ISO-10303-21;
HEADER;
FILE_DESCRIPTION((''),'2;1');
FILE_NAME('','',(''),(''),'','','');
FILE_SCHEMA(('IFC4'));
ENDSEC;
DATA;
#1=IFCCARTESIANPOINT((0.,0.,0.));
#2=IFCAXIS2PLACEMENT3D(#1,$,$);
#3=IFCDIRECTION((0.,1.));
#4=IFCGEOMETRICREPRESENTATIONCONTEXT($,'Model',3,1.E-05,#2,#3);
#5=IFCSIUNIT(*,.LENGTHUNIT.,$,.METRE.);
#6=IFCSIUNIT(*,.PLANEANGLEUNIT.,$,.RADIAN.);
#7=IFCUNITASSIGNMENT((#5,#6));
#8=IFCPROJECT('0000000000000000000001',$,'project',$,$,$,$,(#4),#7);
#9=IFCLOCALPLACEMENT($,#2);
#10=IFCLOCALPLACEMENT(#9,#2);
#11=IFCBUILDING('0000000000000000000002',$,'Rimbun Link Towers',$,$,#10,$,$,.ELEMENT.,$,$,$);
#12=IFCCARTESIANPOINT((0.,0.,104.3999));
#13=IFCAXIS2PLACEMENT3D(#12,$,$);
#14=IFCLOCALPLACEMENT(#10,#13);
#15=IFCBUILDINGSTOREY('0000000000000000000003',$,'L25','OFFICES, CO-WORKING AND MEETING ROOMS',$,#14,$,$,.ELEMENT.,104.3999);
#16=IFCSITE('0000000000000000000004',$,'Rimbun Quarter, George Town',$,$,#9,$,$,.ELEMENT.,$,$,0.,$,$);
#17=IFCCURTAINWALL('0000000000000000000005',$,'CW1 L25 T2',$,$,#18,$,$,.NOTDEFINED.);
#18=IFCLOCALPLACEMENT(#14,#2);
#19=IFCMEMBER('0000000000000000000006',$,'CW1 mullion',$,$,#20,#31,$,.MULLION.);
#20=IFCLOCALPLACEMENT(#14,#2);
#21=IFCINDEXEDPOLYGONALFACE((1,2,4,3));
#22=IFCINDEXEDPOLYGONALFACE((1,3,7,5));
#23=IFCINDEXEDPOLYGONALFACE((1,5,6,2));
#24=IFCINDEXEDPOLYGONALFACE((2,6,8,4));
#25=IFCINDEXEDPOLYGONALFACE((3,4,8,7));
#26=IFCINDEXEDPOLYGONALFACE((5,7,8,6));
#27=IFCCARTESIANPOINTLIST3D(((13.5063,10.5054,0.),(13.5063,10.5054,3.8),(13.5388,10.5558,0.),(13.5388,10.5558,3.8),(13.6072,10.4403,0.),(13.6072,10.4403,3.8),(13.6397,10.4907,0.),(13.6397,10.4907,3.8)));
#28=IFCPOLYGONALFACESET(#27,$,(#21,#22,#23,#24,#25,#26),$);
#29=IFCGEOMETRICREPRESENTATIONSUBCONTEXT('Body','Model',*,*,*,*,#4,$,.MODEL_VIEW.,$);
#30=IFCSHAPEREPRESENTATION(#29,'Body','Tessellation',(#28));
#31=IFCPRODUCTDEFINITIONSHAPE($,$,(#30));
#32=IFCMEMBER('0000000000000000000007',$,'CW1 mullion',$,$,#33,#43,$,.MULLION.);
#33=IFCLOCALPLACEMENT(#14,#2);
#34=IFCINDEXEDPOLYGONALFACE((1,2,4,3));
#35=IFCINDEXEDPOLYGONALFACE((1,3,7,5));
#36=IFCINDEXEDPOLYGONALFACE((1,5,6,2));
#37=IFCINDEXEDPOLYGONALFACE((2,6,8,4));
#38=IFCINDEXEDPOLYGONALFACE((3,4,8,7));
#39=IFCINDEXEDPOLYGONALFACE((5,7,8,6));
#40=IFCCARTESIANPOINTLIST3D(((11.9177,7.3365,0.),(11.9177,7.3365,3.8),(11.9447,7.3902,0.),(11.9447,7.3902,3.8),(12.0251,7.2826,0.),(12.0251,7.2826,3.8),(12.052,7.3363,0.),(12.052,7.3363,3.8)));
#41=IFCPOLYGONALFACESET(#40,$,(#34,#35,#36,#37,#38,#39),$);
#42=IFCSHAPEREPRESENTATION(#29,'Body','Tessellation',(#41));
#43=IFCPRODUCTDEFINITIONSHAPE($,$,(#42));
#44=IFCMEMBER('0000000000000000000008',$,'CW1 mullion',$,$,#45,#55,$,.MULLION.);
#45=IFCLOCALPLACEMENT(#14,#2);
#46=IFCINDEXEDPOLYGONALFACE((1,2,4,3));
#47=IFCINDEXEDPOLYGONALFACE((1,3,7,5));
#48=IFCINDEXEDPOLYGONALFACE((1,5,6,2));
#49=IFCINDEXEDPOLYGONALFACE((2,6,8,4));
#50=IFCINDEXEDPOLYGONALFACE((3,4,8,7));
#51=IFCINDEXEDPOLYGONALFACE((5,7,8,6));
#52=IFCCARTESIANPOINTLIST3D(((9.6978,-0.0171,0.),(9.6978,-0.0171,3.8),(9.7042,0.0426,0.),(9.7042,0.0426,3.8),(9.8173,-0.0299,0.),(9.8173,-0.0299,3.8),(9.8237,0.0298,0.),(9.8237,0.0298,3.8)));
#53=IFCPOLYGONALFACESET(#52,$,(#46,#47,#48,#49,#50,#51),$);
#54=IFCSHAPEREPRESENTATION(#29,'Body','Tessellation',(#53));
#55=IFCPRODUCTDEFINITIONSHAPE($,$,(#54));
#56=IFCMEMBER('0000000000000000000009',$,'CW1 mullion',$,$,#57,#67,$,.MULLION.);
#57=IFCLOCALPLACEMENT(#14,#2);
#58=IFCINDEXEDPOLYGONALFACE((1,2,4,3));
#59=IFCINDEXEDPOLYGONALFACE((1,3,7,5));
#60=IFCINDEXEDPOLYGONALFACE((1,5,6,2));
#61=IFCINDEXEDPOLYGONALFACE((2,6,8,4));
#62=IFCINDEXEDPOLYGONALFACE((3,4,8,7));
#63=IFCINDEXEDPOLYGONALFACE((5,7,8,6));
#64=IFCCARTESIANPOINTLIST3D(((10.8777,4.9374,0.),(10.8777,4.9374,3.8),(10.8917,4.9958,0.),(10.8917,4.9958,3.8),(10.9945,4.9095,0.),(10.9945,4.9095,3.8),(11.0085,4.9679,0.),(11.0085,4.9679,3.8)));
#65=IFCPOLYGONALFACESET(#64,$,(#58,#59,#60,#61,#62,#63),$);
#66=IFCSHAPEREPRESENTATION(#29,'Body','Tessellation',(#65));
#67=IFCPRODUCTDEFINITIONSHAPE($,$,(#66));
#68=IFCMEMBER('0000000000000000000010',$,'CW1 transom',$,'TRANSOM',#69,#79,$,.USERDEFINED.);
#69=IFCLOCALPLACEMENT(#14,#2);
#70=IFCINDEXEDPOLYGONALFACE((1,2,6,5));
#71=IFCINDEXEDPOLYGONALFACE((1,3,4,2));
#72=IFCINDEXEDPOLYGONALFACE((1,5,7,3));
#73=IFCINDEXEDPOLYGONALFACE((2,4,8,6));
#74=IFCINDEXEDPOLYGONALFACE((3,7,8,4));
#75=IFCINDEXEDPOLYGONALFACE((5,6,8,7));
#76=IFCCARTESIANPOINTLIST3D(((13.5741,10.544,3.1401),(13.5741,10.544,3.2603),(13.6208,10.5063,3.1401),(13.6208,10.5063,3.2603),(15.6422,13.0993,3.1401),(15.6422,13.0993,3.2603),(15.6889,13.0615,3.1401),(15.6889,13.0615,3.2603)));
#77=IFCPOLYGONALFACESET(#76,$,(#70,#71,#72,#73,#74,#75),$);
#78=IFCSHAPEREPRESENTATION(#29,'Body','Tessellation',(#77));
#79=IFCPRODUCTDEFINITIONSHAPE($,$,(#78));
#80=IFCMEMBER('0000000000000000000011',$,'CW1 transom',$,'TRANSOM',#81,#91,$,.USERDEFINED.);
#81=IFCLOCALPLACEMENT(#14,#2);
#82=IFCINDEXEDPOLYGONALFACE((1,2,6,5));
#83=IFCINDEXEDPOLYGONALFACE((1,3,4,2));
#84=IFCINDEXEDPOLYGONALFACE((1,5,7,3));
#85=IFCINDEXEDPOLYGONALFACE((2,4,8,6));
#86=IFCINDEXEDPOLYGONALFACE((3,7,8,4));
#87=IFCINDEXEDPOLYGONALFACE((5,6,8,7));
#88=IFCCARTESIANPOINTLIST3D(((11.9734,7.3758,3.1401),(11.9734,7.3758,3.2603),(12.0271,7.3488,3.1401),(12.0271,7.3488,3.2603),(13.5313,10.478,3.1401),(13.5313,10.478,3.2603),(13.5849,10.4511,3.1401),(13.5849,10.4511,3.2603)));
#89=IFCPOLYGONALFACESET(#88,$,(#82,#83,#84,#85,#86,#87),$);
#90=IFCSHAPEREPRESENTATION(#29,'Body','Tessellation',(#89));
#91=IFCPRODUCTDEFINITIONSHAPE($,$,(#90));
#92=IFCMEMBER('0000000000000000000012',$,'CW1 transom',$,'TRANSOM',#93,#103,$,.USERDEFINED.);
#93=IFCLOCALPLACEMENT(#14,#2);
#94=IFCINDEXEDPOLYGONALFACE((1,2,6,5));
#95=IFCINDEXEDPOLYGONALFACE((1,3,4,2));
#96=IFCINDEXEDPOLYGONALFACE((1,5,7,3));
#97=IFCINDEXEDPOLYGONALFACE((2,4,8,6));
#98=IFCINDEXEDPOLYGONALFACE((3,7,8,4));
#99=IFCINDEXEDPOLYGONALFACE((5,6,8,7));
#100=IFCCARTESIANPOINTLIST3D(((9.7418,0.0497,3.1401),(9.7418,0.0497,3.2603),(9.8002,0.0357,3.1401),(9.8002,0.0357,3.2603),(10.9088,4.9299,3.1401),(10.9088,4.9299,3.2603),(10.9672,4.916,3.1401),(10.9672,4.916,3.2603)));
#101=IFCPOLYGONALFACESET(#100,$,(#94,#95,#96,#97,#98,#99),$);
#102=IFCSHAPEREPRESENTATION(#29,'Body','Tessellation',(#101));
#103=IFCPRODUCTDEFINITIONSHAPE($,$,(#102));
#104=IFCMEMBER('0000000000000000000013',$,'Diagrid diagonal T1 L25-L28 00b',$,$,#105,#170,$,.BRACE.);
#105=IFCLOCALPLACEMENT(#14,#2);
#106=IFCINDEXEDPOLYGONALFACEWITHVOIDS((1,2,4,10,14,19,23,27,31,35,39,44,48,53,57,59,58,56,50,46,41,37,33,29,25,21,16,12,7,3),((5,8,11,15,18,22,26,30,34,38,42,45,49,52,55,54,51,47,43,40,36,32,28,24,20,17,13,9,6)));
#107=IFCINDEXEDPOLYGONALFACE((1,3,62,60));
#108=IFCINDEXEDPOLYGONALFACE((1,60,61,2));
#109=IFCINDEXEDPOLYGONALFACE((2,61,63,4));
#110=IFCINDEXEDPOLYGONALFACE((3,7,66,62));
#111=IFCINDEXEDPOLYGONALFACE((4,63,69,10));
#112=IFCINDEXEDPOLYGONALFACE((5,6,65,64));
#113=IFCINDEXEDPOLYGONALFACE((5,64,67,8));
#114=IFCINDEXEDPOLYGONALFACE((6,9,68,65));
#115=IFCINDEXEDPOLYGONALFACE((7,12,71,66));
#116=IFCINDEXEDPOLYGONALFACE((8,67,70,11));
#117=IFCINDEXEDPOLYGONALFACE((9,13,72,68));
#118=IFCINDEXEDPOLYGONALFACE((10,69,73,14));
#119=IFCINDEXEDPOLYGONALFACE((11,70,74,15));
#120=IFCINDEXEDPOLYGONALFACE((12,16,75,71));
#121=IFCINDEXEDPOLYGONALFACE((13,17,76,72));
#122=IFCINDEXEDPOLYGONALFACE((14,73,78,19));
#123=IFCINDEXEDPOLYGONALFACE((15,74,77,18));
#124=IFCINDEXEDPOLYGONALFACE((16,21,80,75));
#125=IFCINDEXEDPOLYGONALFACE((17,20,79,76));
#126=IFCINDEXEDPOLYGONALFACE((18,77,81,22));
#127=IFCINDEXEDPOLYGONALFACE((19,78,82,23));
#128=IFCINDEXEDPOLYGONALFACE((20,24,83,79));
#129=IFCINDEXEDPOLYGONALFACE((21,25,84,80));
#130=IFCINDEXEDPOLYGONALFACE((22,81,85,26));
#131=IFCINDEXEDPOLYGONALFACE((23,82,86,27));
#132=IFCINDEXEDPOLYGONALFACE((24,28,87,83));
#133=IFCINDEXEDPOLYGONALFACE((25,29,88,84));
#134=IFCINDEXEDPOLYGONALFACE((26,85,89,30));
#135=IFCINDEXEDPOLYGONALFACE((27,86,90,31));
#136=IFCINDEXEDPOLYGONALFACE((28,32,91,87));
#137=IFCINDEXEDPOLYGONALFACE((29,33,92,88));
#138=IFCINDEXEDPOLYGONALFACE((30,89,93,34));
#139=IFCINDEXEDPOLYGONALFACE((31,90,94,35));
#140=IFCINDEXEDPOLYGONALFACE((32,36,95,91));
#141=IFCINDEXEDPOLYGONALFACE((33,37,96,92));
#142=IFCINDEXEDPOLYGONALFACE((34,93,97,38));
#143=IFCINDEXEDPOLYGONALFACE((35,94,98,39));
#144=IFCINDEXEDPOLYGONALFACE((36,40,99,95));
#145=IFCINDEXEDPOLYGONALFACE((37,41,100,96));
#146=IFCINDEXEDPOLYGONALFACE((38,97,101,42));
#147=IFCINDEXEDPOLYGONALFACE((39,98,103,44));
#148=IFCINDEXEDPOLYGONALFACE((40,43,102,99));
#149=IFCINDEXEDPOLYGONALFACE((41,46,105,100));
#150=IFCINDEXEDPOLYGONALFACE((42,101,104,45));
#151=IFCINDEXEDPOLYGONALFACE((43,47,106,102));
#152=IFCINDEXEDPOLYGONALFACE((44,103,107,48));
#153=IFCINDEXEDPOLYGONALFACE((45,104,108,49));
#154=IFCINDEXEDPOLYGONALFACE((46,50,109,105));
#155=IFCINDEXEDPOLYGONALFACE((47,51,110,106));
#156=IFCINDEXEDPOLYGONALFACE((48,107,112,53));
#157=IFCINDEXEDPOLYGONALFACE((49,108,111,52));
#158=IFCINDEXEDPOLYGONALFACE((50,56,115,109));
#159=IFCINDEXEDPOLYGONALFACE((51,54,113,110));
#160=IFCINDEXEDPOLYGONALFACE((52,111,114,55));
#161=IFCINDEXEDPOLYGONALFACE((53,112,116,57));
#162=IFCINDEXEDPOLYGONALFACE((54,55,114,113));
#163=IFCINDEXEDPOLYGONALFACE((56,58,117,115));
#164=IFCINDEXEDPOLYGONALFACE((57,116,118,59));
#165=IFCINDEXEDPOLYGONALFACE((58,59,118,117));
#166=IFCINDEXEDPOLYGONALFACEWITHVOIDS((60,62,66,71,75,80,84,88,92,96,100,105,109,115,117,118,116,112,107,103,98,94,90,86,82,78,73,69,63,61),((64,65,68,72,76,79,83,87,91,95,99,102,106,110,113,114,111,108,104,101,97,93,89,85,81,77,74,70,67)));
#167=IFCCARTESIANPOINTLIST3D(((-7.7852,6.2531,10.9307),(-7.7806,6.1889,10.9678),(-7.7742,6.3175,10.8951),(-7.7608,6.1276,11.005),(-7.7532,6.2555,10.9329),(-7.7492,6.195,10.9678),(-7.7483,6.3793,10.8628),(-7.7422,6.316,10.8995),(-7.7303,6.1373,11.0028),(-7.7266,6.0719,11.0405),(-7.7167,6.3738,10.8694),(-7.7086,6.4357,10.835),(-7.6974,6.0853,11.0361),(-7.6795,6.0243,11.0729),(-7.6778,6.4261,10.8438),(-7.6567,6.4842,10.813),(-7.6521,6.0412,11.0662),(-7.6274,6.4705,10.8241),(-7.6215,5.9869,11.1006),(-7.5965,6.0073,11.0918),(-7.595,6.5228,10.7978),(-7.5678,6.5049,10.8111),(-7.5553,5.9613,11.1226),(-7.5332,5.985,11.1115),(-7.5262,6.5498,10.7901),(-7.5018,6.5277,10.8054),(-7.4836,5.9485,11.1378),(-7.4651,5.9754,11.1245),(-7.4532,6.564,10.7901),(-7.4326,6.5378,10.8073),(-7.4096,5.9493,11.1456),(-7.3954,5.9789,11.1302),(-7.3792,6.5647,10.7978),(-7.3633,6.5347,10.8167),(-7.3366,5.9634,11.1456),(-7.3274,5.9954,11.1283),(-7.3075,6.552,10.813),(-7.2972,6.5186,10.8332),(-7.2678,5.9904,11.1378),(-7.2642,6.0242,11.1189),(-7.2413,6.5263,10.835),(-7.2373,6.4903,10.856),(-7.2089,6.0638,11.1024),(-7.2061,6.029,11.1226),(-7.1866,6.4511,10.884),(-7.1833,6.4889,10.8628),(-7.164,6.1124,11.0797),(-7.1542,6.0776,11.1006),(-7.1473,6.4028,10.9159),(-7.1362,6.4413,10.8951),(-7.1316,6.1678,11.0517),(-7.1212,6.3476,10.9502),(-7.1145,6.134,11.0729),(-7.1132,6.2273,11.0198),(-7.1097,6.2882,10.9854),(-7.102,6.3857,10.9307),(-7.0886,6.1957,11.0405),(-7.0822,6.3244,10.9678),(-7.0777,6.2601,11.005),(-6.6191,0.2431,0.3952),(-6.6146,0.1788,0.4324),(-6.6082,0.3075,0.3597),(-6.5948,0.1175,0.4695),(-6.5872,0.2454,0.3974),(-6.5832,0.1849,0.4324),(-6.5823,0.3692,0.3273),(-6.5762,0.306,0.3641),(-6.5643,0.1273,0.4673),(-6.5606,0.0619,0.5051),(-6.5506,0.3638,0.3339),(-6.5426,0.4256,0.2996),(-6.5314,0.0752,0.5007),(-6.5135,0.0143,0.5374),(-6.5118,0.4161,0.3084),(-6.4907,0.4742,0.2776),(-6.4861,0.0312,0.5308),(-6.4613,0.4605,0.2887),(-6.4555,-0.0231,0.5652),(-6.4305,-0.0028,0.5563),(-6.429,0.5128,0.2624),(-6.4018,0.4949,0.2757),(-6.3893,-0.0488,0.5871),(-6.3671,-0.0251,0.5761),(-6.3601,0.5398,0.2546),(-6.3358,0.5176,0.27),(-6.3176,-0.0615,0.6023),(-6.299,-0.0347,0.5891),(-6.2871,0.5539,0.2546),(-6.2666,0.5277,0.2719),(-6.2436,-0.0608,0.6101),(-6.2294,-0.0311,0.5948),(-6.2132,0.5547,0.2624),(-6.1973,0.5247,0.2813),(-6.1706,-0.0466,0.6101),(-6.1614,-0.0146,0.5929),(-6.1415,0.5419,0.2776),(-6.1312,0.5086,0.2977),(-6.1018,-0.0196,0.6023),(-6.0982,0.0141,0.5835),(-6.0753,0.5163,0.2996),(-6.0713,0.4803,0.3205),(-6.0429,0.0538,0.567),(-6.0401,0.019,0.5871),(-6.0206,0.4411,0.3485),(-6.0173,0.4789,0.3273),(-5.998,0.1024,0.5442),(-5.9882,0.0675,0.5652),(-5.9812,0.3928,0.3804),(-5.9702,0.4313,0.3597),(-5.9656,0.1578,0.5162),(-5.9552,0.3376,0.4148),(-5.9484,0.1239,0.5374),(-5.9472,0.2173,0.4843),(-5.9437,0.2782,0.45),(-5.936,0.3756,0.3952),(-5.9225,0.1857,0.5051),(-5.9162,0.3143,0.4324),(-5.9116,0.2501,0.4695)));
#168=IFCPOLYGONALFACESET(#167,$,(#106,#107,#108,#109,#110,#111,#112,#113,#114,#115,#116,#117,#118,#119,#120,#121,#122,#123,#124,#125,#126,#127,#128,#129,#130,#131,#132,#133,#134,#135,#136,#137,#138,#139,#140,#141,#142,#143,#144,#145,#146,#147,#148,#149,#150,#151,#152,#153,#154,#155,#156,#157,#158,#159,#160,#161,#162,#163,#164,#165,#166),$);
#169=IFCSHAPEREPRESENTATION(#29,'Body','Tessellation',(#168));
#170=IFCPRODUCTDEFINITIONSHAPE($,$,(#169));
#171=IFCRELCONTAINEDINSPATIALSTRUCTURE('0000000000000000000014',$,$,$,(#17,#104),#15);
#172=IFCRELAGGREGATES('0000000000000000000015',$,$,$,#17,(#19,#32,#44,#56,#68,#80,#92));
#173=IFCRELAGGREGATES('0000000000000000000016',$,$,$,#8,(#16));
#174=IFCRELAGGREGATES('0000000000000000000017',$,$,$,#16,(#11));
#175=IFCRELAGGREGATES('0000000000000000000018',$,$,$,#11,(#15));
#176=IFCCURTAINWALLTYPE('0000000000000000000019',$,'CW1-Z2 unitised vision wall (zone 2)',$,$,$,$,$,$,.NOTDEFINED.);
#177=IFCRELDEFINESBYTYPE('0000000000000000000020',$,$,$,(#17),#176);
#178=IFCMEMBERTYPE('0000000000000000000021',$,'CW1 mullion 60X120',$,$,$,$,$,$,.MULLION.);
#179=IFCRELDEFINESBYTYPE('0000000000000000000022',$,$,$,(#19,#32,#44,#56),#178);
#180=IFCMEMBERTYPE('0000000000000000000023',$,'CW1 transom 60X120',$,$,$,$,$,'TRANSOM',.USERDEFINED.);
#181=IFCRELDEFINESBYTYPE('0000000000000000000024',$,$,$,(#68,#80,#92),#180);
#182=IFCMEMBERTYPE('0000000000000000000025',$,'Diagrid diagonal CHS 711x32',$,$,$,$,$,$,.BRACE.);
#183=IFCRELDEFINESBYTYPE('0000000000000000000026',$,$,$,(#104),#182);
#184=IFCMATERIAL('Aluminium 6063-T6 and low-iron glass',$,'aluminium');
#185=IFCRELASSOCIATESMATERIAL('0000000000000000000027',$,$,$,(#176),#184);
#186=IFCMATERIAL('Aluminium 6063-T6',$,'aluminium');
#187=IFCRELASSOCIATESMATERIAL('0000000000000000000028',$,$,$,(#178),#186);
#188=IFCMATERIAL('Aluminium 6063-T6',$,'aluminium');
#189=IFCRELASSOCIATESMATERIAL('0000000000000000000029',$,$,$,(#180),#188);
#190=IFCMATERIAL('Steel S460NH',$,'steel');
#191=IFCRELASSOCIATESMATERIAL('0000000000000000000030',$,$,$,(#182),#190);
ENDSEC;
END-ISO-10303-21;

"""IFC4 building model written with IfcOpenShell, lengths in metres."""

from ifc_helpers import new_model, si_unit, direction, frame, origin, origin_2d, place, context, subcontext, project, spatial, rectangle, hollow_circle, extrude, material, material_profile, profile_set, type_object, element, aggregate, save


model = new_model("IFC4")

# Units and contexts
model_context = context("Model", 3, precision=1e-05, world=origin(), true_north=direction((0.0, 1.0)))
body_context = subcontext(model_context, "Body", "Model", "MODEL_VIEW")
ifc_project = project(units=[si_unit("LENGTHUNIT", "METRE"), si_unit("PLANEANGLEUNIT", "RADIAN")], contexts=[model_context])

# Site, building, storey
site_placement = place(None, origin())
site = spatial("IfcSite", under=ifc_project, at=site_placement, Name="Rimbun Quarter, George Town", CompositionType="ELEMENT", RefElevation=0.0)
building_placement = place(site_placement, origin())
building = spatial("IfcBuilding", under=site, at=building_placement, Name="Rimbun Link Towers", CompositionType="ELEMENT")
storey_placement = place(building_placement, frame((0.0, 0.0, 104.3999)))
storey = spatial("IfcBuildingStorey", under=building, at=storey_placement, Name="L25", Description="OFFICES, CO-WORKING AND MEETING ROOMS", CompositionType="ELEMENT", Elevation=104.3999)

# Curtain wall, members
ifc_material_1 = material(Name="Aluminium 6063-T6 and low-iron glass", Category="aluminium")
curtain_wall_type = type_object("IfcCurtainWallType", Name="CW1-Z2 unitised vision wall (zone 2)", PredefinedType="NOTDEFINED", material=ifc_material_1)
curtain_wall_placement = place(storey_placement, origin())
curtain_wall = element("IfcCurtainWall", 1, at=curtain_wall_placement, inside=storey, type_object=curtain_wall_type, Name="CW1 L25 T2", PredefinedType="NOTDEFINED")
ifc_material_2 = material(Name="Aluminium 6063-T6", Category="aluminium")
ifc_material_profile_1 = material_profile(ifc_material_2, rectangle(XDim=0.1201, YDim=0.0601, at=origin_2d()), Name="MULLION 60X120")
ifc_profile_set_1 = profile_set([ifc_material_profile_1], Name="Aluminium 6063-T6")
member_type_1 = type_object("IfcMemberType", Name="CW1 mullion 60X120", PredefinedType="MULLION", material=ifc_profile_set_1)
member_1_placement = place(storey_placement, frame((13.573, 10.498, 0.0), z_axis=(0.0, 0.0, 1.0), x_axis=(-0.840313, 0.542101, 0.0)))
member_1 = element("IfcMember", 2, at=member_1_placement, type_object=member_type_1, Name="CW1 mullion", PredefinedType="MULLION", context=body_context, shape_type="SweptSolid", body=[
    extrude(rectangle(XDim=0.1201, YDim=0.0601, at=origin_2d()), origin(), (0.0, 0.0, 1.0), 3.8),
])
member_2_placement = place(storey_placement, frame((11.9849, 7.3364, 0.0), z_axis=(0.0, 0.0, 1.0), x_axis=(-0.893638, 0.448789, 0.0)))
member_2 = element("IfcMember", 3, at=member_2_placement, type_object=member_type_1, Name="CW1 mullion", PredefinedType="MULLION", context=body_context, shape_type="SweptSolid", body=[
    extrude(rectangle(XDim=0.1201, YDim=0.0601, at=origin_2d()), origin(), (0.0, 0.0, 1.0), 3.8),
])
member_3_placement = place(storey_placement, frame((9.7607, 0.0063, 0.0), z_axis=(0.0, 0.0, 1.0), x_axis=(-0.994299, 0.106632, 0.0)))
member_3 = element("IfcMember", 4, at=member_3_placement, type_object=member_type_1, Name="CW1 mullion", PredefinedType="MULLION", context=body_context, shape_type="SweptSolid", body=[
    extrude(rectangle(XDim=0.1201, YDim=0.0601, at=origin_2d()), origin(), (0.0, 0.0, 1.0), 3.8),
])
member_4_placement = place(storey_placement, frame((10.9431, 4.9526, 0.0), z_axis=(0.0, 0.0, 1.0), x_axis=(-0.972576, 0.232586, 0.0)))
member_4 = element("IfcMember", 5, at=member_4_placement, type_object=member_type_1, Name="CW1 mullion", PredefinedType="MULLION", context=body_context, shape_type="SweptSolid", body=[
    extrude(rectangle(XDim=0.1201, YDim=0.0601, at=origin_2d()), origin(), (0.0, 0.0, 1.0), 3.8),
])
ifc_material_3 = material(Name="Aluminium 6063-T6", Category="aluminium")
ifc_material_profile_2 = material_profile(ifc_material_3, rectangle(XDim=0.0601, YDim=0.1201, at=origin_2d()), Name="TRANSOM 60X120")
ifc_profile_set_2 = profile_set([ifc_material_profile_2], Name="Aluminium 6063-T6")
member_type_2 = type_object("IfcMemberType", Name="CW1 transom 60X120", ElementType="TRANSOM", PredefinedType="USERDEFINED", material=ifc_profile_set_2)
member_5_placement = place(storey_placement, frame((13.5974, 10.5251, 3.2002), z_axis=(0.629132, 0.777298, 0.0), x_axis=(-0.777298, 0.629132, 0.0)))
member_5 = element("IfcMember", 6, at=member_5_placement, type_object=member_type_2, Name="CW1 transom", ObjectType="TRANSOM", PredefinedType="USERDEFINED", context=body_context, shape_type="SweptSolid", body=[
    extrude(rectangle(XDim=0.0601, YDim=0.1201, at=origin_2d()), origin(), (0.0, 0.0, 1.0), 3.2874),
])
member_6_placement = place(storey_placement, frame((12.0002, 7.3623, 3.2002), z_axis=(0.44876, 0.893652, 0.0), x_axis=(-0.893652, 0.44876, 0.0)))
member_6 = element("IfcMember", 7, at=member_6_placement, type_object=member_type_2, Name="CW1 transom", ObjectType="TRANSOM", PredefinedType="USERDEFINED", context=body_context, shape_type="SweptSolid", body=[
    extrude(rectangle(XDim=0.0601, YDim=0.1201, at=origin_2d()), origin(), (0.0, 0.0, 1.0), 3.4714),
])
member_7_placement = place(storey_placement, frame((9.771, 0.0427, 3.2002), z_axis=(0.232574, 0.972579, 0.0), x_axis=(-0.972579, 0.232574, 0.0)))
member_7 = element("IfcMember", 8, at=member_7_placement, type_object=member_type_2, Name="CW1 transom", ObjectType="TRANSOM", PredefinedType="USERDEFINED", context=body_context, shape_type="SweptSolid", body=[
    extrude(rectangle(XDim=0.0601, YDim=0.1201, at=origin_2d()), origin(), (0.0, 0.0, 1.0), 5.0178),
])

# Member
ifc_material_4 = material(Name="Steel S460NH", Category="steel")
ifc_material_profile_3 = material_profile(ifc_material_4, hollow_circle(Radius=0.3557, WallThickness=0.032, at=origin_2d()), Name="Diagrid diagonal CHS 711x32")
ifc_profile_set_3 = profile_set([ifc_material_profile_3], Name="Steel S460NH")
member_type_3 = type_object("IfcMemberType", Name="Diagrid diagonal CHS 711x32", PredefinedType="BRACE", material=ifc_profile_set_3)
member_8_placement = place(storey_placement, frame((-6.2654, 0.2466, 0.4324), z_axis=(-0.095693, 0.49323, 0.86462), x_axis=(-0.981695, -0.190461, 0.0)))
element("IfcMember", 9, at=member_8_placement, inside=storey, type_object=member_type_3, Name="Diagrid diagonal T1 L25-L28 00b", PredefinedType="BRACE", context=body_context, shape_type="SweptSolid", body=[
    extrude(hollow_circle(Radius=0.3557, WallThickness=0.032, at=origin_2d()), origin(), (0.0, 0.0, 1.0), 12.1851),
])

aggregate(curtain_wall, [member_1, member_2, member_3, member_4, member_5, member_6, member_7])

save(model, "model.ifc")
